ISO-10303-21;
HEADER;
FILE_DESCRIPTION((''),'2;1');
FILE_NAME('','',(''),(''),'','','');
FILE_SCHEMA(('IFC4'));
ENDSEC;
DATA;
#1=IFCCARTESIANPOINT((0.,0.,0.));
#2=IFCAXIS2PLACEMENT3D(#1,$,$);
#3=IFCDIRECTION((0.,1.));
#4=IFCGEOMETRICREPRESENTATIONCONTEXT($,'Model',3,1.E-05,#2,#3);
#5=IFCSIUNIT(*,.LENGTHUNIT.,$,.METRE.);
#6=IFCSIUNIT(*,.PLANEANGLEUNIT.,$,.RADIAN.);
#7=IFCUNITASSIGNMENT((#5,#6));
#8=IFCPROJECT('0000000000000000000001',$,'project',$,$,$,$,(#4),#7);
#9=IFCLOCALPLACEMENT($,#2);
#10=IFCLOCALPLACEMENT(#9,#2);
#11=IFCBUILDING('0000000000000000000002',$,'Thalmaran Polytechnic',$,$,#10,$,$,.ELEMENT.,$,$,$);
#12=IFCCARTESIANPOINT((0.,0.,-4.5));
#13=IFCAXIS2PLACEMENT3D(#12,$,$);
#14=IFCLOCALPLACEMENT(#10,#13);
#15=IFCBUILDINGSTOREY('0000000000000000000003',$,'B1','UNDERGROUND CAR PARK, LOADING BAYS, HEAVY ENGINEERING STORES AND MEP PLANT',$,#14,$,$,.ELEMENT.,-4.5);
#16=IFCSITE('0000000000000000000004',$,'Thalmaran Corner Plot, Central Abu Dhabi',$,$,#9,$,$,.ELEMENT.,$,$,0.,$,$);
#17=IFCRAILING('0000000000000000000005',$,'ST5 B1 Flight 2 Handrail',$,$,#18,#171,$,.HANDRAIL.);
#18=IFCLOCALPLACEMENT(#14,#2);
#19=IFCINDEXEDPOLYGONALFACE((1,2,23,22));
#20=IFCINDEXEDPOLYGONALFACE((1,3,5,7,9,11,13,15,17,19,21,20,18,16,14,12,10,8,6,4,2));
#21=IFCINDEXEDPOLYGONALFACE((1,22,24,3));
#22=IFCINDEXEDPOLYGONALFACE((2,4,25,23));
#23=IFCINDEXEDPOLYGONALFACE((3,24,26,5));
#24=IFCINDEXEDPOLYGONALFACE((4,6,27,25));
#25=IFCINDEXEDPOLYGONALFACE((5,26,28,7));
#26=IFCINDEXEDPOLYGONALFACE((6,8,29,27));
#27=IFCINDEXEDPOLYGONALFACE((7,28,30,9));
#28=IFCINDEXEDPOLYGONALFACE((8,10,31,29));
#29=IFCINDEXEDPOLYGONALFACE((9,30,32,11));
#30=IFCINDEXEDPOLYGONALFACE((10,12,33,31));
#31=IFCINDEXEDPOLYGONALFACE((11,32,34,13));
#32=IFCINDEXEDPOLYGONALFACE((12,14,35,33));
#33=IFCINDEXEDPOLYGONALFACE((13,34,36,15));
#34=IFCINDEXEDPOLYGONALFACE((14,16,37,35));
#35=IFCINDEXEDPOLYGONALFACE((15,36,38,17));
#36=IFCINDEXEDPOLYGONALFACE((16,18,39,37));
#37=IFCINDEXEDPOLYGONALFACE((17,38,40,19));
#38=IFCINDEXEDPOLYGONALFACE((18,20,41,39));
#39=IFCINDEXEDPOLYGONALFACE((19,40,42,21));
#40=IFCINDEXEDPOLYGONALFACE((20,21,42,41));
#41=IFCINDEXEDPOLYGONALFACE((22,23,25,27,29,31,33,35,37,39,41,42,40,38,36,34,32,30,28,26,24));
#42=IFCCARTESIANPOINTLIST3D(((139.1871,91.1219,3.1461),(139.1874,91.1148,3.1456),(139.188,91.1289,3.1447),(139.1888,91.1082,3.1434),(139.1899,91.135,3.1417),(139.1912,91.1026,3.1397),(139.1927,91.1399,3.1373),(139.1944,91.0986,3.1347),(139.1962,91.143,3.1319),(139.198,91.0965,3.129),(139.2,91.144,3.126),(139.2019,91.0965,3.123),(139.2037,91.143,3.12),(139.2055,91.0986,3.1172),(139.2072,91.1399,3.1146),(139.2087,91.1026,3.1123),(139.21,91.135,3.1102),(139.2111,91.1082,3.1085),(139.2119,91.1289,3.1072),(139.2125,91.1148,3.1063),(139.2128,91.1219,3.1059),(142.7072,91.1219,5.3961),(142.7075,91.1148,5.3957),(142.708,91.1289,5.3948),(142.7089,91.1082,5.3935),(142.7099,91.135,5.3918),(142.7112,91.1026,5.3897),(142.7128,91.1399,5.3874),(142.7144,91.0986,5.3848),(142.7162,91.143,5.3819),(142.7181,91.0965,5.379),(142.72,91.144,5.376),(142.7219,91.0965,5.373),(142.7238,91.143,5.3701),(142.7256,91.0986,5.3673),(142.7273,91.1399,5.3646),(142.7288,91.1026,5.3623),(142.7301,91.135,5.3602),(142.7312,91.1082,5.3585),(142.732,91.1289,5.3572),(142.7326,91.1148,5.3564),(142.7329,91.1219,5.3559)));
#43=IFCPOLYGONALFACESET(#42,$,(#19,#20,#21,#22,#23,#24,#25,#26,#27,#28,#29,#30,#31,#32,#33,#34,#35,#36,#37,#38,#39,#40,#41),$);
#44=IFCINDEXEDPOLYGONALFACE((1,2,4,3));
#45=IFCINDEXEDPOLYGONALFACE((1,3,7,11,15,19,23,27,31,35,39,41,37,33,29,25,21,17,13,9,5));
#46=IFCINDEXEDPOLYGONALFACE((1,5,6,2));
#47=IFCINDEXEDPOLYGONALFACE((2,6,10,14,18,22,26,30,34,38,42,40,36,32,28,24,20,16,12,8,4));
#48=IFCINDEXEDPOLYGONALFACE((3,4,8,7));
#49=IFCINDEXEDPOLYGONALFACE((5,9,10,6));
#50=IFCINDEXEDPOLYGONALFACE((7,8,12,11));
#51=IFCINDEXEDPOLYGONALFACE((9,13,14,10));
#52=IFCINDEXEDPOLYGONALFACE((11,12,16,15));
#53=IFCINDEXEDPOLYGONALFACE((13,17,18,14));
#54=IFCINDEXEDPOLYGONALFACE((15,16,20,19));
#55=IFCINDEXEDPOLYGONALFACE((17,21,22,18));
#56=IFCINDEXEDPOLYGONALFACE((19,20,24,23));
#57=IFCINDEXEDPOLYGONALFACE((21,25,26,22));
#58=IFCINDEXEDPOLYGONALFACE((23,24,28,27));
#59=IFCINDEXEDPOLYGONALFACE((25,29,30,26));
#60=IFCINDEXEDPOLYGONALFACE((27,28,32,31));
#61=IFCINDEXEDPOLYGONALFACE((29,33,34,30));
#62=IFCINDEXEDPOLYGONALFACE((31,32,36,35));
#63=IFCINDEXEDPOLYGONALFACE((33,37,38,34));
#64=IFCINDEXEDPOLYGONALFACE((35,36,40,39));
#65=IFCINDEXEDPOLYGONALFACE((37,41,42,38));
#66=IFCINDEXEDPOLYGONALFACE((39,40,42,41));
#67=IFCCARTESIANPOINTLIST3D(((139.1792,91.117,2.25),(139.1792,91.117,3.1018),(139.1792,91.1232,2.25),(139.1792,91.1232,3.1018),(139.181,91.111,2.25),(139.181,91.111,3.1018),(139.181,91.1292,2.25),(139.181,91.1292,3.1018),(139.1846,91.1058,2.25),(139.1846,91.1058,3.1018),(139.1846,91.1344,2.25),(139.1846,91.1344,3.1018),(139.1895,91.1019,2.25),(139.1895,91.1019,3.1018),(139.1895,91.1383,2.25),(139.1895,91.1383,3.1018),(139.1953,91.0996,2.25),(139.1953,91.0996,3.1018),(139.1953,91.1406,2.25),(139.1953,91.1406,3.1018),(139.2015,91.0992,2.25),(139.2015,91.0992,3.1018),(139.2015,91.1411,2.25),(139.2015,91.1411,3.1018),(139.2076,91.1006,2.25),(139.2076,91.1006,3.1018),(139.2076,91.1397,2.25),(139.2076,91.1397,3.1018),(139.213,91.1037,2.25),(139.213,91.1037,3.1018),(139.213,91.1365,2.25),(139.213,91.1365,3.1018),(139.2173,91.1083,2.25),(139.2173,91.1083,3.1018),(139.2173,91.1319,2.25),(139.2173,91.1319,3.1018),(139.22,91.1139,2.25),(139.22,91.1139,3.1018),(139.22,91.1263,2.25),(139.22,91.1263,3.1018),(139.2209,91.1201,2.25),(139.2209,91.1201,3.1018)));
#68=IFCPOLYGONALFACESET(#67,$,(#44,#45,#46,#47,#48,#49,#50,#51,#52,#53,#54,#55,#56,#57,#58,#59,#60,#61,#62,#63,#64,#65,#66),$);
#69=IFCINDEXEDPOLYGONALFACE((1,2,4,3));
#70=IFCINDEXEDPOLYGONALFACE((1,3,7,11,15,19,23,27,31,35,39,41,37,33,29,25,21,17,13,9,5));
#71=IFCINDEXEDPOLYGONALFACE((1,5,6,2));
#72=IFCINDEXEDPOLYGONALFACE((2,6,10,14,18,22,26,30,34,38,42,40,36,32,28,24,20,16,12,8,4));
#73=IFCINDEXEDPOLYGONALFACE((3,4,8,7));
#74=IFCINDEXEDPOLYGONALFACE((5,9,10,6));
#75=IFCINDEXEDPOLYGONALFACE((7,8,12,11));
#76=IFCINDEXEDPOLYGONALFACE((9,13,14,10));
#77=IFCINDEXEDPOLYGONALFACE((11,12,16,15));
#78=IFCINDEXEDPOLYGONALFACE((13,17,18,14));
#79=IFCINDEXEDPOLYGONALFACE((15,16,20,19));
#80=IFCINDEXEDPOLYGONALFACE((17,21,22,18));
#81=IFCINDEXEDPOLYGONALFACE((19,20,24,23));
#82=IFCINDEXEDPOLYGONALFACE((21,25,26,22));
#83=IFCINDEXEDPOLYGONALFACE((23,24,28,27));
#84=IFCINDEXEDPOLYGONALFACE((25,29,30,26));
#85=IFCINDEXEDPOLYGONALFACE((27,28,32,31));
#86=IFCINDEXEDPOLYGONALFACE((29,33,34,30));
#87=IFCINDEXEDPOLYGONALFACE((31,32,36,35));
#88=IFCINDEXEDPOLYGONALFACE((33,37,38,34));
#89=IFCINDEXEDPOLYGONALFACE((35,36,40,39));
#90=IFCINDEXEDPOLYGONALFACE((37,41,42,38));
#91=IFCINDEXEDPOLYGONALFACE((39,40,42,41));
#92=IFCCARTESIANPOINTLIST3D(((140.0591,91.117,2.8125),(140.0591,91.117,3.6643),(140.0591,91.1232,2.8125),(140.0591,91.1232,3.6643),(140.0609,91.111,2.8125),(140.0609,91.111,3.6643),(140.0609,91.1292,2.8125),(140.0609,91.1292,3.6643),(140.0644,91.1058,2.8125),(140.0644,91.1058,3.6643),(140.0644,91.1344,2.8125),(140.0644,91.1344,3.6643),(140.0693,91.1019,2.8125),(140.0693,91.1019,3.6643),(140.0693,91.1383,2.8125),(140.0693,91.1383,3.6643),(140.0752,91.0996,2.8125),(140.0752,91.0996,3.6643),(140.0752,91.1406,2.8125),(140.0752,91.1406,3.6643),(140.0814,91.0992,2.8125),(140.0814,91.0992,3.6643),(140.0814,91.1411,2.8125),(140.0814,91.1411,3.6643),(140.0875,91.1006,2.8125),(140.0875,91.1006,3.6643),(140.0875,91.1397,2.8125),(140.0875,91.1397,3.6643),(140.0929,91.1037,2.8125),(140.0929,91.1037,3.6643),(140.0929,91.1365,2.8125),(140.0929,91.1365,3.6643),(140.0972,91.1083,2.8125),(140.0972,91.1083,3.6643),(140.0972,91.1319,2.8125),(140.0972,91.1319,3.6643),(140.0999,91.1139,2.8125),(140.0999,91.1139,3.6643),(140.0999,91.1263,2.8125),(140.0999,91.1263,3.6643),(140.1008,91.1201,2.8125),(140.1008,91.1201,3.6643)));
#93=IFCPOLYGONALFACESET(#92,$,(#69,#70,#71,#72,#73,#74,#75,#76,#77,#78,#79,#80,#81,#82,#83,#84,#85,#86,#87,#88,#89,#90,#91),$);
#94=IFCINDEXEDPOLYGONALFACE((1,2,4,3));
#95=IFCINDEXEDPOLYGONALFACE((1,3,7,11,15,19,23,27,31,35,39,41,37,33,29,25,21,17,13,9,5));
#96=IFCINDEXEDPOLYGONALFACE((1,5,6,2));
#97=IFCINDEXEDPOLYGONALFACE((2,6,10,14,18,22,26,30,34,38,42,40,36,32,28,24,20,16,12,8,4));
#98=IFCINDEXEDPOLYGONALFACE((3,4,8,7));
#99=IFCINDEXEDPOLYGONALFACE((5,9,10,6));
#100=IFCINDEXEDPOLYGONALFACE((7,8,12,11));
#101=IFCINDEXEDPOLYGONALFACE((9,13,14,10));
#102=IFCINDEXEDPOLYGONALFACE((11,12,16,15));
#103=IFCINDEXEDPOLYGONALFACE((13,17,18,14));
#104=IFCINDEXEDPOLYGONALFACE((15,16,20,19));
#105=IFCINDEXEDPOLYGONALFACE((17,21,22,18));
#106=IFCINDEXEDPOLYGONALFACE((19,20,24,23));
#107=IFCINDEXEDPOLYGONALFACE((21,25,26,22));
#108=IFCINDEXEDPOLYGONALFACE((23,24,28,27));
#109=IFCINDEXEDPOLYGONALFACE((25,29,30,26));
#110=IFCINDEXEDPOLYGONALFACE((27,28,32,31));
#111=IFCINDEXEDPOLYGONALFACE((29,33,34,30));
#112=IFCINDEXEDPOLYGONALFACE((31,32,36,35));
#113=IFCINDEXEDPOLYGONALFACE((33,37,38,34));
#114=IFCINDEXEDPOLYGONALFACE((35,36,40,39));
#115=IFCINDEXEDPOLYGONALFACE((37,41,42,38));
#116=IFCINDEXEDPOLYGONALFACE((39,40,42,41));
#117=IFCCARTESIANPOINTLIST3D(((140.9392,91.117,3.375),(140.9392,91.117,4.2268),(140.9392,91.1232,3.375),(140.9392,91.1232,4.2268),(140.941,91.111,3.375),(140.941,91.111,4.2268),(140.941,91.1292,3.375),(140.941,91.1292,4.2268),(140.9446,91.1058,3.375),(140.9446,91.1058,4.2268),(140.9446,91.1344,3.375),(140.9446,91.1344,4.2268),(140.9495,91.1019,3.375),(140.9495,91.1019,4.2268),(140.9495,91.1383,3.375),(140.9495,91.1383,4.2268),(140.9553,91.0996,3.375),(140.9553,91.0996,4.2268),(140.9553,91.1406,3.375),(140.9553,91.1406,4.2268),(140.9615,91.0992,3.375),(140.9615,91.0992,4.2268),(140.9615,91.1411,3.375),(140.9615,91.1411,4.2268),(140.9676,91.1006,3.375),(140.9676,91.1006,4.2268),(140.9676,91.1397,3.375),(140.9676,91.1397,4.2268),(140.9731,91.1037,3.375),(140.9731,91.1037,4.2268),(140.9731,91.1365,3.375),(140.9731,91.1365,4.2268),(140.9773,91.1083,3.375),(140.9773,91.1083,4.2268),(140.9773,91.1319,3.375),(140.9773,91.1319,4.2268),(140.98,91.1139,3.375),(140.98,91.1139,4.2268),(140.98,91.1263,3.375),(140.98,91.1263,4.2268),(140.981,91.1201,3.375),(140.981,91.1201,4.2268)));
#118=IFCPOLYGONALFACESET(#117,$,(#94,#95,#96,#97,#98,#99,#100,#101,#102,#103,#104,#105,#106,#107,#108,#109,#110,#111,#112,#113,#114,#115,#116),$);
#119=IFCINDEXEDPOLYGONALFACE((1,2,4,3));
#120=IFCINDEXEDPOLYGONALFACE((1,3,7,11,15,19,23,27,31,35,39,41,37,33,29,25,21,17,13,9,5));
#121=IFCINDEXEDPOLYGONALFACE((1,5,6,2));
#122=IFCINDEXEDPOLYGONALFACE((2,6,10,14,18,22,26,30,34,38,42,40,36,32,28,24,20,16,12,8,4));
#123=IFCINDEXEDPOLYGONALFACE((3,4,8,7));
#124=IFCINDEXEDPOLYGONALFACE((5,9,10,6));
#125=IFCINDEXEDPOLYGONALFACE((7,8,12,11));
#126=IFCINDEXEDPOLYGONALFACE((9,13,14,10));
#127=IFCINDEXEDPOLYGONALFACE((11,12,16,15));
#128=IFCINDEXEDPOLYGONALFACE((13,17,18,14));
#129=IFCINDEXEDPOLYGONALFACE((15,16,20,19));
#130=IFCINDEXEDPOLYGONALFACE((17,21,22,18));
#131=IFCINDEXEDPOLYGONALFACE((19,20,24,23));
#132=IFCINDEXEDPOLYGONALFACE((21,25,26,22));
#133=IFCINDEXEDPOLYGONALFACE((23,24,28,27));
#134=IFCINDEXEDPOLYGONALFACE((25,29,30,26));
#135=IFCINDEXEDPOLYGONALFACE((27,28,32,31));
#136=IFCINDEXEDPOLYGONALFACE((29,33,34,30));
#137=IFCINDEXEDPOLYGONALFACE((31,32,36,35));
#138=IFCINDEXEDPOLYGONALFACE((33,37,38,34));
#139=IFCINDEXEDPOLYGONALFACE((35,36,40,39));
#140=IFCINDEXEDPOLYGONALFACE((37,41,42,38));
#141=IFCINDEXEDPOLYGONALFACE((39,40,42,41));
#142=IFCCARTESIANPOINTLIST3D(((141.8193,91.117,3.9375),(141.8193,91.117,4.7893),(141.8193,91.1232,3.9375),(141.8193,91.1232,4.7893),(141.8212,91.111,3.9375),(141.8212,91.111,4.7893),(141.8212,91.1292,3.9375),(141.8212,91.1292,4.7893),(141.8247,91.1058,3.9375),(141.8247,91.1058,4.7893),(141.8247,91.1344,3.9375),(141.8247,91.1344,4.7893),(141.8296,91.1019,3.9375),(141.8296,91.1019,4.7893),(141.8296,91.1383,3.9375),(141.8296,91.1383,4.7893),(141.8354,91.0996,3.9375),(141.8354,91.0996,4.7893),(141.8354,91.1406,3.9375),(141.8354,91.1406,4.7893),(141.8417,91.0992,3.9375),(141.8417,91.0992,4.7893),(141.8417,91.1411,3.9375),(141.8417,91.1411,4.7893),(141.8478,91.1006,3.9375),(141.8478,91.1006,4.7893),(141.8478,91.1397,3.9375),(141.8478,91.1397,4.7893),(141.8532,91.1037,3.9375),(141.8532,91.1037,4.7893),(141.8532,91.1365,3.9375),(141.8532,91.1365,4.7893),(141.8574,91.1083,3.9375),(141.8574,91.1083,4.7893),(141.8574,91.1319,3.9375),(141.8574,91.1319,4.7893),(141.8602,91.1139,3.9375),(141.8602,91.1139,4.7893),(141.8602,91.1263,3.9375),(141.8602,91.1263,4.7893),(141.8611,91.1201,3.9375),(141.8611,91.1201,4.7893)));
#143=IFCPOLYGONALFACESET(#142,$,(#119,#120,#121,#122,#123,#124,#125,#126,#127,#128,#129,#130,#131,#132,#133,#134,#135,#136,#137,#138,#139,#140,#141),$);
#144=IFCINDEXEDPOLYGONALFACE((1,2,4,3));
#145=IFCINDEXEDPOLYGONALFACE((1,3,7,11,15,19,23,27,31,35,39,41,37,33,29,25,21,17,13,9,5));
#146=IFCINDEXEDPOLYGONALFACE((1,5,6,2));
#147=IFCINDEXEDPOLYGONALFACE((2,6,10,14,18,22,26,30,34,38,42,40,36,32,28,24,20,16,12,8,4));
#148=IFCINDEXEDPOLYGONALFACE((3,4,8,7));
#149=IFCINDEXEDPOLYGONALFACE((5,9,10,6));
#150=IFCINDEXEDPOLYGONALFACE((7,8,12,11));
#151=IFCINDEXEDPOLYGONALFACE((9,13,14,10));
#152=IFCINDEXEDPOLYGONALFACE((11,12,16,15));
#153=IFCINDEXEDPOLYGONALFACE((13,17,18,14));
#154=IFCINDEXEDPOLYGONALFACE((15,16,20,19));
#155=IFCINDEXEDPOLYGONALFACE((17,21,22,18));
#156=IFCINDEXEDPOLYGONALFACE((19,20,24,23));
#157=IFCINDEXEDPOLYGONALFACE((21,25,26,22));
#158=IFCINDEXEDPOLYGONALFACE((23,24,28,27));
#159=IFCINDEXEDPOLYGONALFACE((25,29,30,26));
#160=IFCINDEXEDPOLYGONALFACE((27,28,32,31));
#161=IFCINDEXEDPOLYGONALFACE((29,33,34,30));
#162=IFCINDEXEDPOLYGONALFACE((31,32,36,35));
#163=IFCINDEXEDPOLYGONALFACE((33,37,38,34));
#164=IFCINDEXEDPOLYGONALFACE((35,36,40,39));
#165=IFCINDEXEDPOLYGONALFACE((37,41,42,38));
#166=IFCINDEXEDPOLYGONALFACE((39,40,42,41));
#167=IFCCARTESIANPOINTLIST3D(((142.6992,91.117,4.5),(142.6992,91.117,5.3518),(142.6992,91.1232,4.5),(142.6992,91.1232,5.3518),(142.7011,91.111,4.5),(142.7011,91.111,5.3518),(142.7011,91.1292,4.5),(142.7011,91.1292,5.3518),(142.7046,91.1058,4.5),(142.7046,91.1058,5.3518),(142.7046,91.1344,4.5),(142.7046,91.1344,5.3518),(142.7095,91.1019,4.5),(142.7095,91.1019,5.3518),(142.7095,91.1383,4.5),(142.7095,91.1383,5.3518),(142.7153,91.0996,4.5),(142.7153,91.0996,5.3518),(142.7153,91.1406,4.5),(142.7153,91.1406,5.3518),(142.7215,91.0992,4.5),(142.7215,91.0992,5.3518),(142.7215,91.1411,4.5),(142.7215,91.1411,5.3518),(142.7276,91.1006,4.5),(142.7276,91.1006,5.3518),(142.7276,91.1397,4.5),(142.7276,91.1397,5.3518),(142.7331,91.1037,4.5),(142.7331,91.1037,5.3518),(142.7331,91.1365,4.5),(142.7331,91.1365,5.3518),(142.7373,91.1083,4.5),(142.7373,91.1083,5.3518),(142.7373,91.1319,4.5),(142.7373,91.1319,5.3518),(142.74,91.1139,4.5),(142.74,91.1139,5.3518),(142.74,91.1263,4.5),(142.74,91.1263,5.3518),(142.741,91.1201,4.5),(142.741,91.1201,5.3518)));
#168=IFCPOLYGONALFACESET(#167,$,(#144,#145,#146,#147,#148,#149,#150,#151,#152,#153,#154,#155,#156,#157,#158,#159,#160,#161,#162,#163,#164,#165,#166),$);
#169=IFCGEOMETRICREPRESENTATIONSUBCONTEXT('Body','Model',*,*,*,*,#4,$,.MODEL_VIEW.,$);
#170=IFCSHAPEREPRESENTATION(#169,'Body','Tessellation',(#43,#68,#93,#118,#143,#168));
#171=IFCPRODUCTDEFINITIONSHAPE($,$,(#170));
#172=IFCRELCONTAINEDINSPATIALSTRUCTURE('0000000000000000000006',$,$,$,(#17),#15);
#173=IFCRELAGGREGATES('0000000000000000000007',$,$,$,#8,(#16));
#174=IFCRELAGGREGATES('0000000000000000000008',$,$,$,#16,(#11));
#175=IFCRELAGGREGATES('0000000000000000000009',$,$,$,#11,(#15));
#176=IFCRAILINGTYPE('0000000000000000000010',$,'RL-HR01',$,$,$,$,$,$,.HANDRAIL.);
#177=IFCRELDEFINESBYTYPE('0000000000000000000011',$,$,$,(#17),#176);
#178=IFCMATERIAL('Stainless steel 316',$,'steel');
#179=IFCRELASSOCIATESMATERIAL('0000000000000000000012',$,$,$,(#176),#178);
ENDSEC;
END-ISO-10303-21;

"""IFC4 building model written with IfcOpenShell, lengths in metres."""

from ifc_helpers import new_model, si_unit, direction, frame, origin, origin_2d, place, context, subcontext, project, spatial, circle, extrude, material, type_object, element, save


model = new_model("IFC4")

# Units and contexts
model_context = context("Model", 3, precision=1e-05, world=origin(), true_north=direction((0.0, 1.0)))
body_context = subcontext(model_context, "Body", "Model", "MODEL_VIEW")
ifc_project = project(units=[si_unit("LENGTHUNIT", "METRE"), si_unit("PLANEANGLEUNIT", "RADIAN")], contexts=[model_context])

# Site, building, storey
site_placement = place(None, origin())
site = spatial("IfcSite", under=ifc_project, at=site_placement, Name="Thalmaran Corner Plot, Central Abu Dhabi", CompositionType="ELEMENT", RefElevation=0.0)
building_placement = place(site_placement, origin())
building = spatial("IfcBuilding", under=site, at=building_placement, Name="Thalmaran Polytechnic", CompositionType="ELEMENT")
storey_placement = place(building_placement, frame((0.0, 0.0, -4.5)))
storey = spatial("IfcBuildingStorey", under=building, at=storey_placement, Name="B1", Description="UNDERGROUND CAR PARK, LOADING BAYS, HEAVY ENGINEERING STORES AND MEP PLANT", CompositionType="ELEMENT", Elevation=-4.5)

# Railing
ifc_material_1 = material(Name="Stainless steel 316", Category="steel")
railing_type_1 = type_object("IfcRailingType", Name="RL-HR01", PredefinedType="HANDRAIL", material=ifc_material_1)
railing_1_placement = place(storey_placement, frame((139.2, 91.1201, 2.25)))
element("IfcRailing", 1, at=railing_1_placement, inside=storey, type_object=railing_type_1, Name="ST5 B1 Flight 2 Handrail", PredefinedType="HANDRAIL", context=body_context, shape_type="SweptSolid", body=[
    extrude(circle(Radius=0.0239, at=origin_2d()), frame((0.0, 0.0, 0.876), z_axis=(0.842577, 0.0, 0.538576), x_axis=(0.0, 1.0, 0.0)), (0.0, 0.0, 1.0), 4.1777),
    extrude(circle(Radius=0.021, at=origin_2d()), origin(), (0.0, 0.0, 1.0), 0.8518),
    extrude(circle(Radius=0.021, at=origin_2d()), frame((0.8799, 0.0, 0.5625)), (0.0, 0.0, 1.0), 0.8518),
    extrude(circle(Radius=0.021, at=origin_2d()), frame((1.76, 0.0, 1.125)), (0.0, 0.0, 1.0), 0.8518),
    extrude(circle(Radius=0.021, at=origin_2d()), frame((2.6401, 0.0, 1.6875)), (0.0, 0.0, 1.0), 0.8518),
    extrude(circle(Radius=0.021, at=origin_2d()), frame((3.52, 0.0, 2.25)), (0.0, 0.0, 1.0), 0.8518),
])

save(model, "model.ifc")
